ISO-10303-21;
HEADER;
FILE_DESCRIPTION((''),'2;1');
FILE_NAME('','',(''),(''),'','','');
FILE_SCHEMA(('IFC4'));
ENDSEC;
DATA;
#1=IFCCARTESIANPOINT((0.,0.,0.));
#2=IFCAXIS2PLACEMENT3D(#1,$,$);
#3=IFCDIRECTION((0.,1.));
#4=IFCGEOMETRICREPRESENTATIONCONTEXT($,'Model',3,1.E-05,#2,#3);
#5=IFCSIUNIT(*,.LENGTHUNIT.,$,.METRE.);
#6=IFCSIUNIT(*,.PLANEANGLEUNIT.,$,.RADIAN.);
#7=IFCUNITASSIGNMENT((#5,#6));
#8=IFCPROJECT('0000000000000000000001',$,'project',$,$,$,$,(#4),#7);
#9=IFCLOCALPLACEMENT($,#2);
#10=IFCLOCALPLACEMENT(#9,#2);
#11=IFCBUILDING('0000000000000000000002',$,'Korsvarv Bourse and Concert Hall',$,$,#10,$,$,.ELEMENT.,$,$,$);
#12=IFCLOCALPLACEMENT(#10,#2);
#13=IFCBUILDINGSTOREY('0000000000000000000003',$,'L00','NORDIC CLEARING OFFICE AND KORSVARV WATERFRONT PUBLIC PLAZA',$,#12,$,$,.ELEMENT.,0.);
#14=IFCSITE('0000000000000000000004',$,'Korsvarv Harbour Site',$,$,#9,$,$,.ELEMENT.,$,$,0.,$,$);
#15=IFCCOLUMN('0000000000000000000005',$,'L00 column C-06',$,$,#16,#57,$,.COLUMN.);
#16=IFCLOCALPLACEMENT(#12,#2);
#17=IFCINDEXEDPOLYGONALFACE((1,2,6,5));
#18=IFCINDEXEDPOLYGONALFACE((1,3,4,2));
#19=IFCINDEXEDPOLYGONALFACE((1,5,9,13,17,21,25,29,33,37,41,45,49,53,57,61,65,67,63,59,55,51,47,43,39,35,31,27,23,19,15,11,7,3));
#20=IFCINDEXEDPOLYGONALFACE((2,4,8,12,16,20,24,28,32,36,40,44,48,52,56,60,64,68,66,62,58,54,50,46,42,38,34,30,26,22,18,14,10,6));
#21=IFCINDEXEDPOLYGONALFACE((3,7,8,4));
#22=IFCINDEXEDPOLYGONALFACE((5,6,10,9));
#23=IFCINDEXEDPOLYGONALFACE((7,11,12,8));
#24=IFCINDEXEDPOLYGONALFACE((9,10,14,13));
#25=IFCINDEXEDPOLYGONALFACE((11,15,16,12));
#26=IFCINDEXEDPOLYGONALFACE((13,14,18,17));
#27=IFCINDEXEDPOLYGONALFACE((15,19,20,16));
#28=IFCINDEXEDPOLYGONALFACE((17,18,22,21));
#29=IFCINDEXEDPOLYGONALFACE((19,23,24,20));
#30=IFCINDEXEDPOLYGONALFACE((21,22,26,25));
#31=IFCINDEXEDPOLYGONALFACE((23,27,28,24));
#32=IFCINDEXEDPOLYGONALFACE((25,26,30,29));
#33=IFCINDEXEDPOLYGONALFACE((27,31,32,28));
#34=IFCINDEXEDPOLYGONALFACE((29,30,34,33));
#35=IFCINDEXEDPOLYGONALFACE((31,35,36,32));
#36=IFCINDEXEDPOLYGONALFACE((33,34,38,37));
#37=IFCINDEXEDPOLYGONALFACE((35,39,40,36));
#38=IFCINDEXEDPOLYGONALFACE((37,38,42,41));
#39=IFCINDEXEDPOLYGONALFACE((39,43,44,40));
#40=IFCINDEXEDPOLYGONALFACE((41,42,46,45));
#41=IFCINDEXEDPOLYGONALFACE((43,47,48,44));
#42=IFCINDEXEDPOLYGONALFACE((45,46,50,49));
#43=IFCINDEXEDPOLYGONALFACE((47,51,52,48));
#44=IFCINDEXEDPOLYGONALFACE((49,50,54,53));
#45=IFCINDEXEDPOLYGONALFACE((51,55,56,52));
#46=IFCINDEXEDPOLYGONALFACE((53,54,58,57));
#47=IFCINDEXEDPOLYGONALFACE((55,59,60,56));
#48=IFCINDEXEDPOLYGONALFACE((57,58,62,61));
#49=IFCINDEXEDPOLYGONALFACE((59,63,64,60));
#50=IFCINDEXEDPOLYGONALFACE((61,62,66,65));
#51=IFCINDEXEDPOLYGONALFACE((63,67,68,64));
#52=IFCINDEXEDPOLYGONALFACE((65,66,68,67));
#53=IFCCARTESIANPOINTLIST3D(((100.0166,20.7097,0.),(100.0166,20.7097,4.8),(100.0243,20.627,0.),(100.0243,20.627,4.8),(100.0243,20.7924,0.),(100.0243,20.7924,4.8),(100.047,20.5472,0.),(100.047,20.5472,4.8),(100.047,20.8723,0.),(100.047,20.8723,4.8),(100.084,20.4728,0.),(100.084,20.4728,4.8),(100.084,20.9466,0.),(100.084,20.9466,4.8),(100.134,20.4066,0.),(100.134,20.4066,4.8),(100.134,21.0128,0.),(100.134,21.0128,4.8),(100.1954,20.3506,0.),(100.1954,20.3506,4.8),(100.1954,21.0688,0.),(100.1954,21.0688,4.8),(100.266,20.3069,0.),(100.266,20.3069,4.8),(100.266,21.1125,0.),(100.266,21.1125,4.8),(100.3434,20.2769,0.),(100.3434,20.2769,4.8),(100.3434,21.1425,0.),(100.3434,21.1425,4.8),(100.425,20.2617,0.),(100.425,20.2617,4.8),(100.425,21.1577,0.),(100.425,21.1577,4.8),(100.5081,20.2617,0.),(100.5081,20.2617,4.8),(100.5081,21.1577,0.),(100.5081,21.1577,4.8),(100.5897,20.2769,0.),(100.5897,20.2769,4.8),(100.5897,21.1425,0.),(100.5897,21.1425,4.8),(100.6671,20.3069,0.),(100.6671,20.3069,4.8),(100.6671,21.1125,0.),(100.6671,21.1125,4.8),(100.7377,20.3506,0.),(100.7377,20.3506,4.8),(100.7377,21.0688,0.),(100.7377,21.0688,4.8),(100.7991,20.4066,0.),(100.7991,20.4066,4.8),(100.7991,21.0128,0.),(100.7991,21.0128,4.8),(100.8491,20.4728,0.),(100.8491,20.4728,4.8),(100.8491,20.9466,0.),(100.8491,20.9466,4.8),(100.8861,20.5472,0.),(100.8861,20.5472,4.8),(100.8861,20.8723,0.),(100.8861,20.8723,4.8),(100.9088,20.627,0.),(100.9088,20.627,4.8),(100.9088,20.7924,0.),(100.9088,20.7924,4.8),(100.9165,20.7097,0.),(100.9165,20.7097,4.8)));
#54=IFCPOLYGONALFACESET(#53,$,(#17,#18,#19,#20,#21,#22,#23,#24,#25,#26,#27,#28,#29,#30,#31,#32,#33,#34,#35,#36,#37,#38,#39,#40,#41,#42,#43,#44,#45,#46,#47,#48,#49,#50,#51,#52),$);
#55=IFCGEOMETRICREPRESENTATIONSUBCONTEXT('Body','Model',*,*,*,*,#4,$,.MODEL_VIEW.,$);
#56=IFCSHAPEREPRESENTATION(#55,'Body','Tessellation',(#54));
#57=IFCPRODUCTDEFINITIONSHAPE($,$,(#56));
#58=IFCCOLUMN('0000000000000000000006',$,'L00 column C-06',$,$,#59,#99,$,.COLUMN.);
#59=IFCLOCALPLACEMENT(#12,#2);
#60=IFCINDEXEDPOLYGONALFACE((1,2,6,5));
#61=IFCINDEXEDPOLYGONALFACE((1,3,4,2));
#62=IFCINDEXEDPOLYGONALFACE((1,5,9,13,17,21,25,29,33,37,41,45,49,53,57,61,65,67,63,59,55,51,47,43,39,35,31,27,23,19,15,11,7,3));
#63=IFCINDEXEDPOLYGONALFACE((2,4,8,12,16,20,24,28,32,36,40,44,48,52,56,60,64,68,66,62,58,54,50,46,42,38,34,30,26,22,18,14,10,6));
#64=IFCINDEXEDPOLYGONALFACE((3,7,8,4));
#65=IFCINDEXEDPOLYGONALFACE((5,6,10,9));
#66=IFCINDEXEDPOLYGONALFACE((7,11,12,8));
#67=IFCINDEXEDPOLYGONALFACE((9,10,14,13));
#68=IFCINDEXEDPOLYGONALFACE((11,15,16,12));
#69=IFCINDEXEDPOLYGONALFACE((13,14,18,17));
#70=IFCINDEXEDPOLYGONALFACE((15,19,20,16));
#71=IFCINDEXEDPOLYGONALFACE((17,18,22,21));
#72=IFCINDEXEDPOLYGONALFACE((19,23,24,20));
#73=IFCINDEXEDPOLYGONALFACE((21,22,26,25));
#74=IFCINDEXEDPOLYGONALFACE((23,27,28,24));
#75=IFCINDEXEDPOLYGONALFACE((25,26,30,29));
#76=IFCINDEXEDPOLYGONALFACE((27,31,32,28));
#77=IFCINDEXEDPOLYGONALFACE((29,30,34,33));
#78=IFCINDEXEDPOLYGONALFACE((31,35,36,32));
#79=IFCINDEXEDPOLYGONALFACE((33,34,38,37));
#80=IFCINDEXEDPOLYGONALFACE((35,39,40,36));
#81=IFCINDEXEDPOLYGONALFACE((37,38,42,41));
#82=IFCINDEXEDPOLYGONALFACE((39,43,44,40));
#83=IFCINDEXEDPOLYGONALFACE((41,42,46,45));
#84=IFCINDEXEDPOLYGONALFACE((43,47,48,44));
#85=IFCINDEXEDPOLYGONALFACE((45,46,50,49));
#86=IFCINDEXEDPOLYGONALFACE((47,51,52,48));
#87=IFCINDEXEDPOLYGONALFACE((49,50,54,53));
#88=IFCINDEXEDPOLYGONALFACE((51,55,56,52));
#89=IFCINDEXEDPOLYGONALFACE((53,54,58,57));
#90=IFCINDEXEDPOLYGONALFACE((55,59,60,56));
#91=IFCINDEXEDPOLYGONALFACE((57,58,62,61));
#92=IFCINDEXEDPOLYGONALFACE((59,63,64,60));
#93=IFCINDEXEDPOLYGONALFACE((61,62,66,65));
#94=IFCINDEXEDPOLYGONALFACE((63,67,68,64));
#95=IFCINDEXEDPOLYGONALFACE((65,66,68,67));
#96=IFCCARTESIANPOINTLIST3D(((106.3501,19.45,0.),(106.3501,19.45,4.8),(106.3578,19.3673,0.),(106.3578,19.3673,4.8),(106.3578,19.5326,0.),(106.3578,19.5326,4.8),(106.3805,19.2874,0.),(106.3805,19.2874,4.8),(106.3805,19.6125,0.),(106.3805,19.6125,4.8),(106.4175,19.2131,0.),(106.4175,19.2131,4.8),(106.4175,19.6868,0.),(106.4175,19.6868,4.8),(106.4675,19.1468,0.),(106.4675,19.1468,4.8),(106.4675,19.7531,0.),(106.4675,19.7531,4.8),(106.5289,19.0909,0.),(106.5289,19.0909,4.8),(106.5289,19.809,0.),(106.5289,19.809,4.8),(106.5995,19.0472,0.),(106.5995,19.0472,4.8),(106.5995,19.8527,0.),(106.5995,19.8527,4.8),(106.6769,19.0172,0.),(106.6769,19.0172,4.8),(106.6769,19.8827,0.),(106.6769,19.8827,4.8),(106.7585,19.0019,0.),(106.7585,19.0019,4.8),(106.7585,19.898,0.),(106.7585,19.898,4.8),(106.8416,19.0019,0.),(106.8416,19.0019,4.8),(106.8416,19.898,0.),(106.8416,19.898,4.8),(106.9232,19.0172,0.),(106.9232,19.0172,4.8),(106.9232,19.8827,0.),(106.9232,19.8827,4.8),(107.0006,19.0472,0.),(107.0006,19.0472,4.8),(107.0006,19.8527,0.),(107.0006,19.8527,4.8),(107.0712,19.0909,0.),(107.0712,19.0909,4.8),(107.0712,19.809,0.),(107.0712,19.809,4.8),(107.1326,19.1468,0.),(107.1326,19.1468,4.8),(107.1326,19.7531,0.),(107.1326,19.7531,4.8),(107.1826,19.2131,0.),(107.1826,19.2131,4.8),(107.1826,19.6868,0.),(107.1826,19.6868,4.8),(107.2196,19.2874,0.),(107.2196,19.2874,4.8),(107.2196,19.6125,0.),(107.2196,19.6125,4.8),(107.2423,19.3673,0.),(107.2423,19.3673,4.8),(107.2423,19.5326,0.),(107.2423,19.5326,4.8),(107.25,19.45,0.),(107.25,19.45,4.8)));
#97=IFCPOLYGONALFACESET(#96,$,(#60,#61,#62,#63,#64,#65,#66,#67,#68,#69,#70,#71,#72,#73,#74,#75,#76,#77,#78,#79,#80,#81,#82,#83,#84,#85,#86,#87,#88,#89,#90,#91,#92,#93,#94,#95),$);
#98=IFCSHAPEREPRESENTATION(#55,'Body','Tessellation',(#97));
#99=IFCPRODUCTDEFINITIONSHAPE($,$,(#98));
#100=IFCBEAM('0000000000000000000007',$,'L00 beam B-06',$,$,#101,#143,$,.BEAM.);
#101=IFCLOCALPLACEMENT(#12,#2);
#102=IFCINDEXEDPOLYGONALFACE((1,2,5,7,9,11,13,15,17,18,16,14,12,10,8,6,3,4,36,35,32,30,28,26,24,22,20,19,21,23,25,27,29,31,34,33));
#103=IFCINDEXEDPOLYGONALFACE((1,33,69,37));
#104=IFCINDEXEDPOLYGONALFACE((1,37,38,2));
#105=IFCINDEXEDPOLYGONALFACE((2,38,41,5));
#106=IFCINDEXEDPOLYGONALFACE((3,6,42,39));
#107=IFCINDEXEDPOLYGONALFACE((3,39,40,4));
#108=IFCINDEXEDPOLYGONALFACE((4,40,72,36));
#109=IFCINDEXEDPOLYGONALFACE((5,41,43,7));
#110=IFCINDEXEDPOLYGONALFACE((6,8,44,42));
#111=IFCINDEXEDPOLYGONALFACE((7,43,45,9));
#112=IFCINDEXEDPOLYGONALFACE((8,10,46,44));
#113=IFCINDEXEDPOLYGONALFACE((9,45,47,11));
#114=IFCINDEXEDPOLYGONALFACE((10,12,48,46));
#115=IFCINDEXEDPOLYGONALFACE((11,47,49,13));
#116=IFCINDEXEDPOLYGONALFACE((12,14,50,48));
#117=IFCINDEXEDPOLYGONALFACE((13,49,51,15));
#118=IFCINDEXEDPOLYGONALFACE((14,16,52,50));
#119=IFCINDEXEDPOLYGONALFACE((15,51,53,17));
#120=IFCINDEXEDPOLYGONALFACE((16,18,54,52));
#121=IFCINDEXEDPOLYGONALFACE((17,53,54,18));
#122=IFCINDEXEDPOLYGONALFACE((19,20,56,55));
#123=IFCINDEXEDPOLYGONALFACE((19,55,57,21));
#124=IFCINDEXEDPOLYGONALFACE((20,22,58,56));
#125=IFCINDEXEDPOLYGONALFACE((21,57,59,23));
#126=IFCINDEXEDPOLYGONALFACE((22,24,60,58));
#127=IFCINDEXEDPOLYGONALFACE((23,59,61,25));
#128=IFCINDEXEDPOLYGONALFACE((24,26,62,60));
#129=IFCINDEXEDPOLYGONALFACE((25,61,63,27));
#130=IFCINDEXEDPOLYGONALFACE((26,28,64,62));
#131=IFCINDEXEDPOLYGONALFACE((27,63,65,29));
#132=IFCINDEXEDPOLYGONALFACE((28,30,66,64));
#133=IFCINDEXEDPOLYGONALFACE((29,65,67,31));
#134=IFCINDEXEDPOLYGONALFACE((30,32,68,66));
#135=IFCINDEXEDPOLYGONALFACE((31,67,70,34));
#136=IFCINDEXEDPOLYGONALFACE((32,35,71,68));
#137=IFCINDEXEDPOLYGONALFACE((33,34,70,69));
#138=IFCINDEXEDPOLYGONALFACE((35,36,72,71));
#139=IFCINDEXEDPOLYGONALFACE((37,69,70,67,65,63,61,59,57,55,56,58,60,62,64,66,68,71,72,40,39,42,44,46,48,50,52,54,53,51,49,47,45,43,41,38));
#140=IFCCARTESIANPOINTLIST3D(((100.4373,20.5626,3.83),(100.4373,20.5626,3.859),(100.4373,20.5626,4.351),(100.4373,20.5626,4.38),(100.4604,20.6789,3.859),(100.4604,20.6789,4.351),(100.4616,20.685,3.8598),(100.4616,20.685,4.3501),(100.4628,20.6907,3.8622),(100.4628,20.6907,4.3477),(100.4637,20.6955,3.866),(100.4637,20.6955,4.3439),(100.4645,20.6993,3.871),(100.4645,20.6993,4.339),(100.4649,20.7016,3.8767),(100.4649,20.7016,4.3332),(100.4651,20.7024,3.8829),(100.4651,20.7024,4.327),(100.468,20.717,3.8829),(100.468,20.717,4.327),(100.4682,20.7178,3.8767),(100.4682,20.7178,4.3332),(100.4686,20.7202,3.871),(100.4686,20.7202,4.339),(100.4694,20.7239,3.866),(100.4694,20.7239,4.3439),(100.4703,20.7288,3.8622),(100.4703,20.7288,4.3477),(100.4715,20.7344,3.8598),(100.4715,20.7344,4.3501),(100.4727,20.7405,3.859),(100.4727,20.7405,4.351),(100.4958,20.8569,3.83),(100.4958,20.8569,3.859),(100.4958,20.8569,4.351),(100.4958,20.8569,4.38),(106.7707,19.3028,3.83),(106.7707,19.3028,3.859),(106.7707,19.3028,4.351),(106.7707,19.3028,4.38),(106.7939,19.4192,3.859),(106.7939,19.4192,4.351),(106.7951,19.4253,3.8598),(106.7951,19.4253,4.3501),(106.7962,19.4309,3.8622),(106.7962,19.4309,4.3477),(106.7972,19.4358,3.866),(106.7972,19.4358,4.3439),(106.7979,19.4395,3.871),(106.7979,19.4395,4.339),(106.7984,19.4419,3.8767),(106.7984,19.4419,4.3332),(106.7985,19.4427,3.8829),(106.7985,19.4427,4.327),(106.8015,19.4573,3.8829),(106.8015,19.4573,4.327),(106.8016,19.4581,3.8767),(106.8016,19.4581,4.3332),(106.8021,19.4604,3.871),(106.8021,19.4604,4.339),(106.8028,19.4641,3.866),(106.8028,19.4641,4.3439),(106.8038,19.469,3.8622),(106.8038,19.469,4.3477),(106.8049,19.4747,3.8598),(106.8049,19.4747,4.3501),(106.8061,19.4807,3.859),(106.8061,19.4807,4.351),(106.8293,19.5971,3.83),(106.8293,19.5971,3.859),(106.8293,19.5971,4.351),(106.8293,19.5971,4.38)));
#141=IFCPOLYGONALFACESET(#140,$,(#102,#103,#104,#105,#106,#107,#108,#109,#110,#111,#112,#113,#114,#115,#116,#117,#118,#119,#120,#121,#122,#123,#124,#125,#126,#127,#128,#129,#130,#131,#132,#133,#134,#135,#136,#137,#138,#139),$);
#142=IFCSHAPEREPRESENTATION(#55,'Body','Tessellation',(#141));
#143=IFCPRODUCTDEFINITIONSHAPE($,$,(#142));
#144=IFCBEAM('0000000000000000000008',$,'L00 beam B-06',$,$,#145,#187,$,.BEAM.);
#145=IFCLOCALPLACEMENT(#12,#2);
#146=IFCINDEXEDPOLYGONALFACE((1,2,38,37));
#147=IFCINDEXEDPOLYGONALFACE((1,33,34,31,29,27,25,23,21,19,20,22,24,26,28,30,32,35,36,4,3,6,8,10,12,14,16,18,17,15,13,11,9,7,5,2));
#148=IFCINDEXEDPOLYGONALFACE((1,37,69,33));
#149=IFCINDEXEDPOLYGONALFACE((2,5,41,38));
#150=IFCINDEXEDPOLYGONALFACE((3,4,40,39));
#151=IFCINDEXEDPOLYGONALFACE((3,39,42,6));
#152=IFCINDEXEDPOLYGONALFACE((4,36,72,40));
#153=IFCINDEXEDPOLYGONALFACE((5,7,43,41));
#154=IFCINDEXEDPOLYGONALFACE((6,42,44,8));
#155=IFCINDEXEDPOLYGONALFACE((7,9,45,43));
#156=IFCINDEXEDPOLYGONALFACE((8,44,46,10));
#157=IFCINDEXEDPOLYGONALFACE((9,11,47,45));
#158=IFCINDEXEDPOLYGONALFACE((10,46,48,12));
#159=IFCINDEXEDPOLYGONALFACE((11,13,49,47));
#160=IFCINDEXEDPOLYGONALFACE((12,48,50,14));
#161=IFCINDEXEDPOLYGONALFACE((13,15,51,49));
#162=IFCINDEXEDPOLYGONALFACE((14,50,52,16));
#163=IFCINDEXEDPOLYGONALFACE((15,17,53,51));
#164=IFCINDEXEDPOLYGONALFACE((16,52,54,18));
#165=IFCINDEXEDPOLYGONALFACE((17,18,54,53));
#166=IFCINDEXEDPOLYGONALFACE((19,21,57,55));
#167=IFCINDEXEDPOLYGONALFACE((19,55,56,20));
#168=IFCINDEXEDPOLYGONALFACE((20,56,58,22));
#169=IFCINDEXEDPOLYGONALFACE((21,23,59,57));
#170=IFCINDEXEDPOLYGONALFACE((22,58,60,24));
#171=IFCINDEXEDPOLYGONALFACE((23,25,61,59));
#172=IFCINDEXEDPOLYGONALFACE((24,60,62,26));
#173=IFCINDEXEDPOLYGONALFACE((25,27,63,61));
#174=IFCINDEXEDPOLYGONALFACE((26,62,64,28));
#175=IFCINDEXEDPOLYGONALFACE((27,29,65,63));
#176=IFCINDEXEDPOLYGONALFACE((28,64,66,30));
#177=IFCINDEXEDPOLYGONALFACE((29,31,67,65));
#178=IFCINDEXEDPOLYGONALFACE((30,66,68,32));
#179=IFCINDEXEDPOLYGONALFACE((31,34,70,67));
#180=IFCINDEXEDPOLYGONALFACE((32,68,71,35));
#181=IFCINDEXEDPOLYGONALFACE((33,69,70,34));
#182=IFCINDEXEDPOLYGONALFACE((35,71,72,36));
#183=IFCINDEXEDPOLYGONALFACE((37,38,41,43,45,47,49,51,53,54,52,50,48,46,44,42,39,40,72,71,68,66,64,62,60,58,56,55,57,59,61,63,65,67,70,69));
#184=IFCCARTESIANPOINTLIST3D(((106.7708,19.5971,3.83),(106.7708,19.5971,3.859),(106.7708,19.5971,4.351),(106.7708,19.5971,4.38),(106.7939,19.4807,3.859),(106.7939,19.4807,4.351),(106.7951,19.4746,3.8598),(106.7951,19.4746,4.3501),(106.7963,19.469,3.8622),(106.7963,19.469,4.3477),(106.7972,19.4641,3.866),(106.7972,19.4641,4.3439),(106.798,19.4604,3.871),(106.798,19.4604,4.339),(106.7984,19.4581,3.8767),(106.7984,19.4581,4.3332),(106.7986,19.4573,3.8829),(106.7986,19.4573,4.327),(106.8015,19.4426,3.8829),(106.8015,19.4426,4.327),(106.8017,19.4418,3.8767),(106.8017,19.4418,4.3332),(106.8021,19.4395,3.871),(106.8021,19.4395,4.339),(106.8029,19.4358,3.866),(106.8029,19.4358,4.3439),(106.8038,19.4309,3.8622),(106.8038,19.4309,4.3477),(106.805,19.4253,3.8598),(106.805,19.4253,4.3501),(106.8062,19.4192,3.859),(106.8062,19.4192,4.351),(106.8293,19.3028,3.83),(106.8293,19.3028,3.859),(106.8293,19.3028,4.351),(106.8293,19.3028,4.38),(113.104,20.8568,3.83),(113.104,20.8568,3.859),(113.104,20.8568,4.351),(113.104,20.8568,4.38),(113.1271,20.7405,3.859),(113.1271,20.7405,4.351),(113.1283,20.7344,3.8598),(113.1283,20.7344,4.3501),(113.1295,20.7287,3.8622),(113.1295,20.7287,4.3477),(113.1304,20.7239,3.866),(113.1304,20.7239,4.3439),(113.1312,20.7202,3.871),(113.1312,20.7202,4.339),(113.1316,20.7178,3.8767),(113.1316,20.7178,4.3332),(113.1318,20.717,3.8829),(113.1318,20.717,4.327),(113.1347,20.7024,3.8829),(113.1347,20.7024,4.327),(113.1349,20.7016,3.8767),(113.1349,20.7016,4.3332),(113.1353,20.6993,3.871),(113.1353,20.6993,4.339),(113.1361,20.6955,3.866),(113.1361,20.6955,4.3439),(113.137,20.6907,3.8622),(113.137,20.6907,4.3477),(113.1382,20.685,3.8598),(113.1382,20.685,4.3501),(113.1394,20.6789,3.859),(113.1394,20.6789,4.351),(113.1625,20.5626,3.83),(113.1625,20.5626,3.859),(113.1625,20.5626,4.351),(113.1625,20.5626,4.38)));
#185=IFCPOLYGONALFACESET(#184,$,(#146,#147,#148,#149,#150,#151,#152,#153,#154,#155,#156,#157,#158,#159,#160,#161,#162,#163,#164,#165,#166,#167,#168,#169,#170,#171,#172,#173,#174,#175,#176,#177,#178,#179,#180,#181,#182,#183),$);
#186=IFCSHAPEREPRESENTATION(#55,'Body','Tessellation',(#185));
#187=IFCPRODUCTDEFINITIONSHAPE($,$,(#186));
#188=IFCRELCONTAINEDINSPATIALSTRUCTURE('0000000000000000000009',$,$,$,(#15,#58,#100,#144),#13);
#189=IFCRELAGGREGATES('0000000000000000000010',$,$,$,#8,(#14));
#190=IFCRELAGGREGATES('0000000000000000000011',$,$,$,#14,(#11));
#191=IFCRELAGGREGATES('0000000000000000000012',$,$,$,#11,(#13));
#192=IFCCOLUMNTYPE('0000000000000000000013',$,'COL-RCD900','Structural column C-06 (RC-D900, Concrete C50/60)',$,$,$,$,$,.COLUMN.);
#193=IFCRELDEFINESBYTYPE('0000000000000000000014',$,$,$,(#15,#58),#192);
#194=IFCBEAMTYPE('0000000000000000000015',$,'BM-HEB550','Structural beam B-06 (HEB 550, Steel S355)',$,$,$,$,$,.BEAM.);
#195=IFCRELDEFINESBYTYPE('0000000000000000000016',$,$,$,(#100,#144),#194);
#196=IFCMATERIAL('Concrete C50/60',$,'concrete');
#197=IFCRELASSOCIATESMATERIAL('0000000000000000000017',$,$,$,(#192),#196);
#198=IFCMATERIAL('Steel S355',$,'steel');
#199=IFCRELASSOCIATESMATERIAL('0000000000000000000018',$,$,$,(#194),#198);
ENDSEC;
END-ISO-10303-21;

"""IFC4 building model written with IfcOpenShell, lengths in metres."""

from ifc_helpers import new_model, si_unit, direction, frame, origin, origin_2d, place, context, subcontext, project, spatial, circle, i_section, extrude, source, transform, mapped, material, material_profile, profile_set, type_object, element, save


model = new_model("IFC4")

# Units and contexts
model_context = context("Model", 3, precision=1e-05, world=origin(), true_north=direction((0.0, 1.0)))
body_context = subcontext(model_context, "Body", "Model", "MODEL_VIEW")
ifc_project = project(units=[si_unit("LENGTHUNIT", "METRE"), si_unit("PLANEANGLEUNIT", "RADIAN")], contexts=[model_context])

# Site, building, storey
site_placement = place(None, origin())
site = spatial("IfcSite", under=ifc_project, at=site_placement, Name="Korsvarv Harbour Site", CompositionType="ELEMENT", RefElevation=0.0)
building_placement = place(site_placement, origin())
building = spatial("IfcBuilding", under=site, at=building_placement, Name="Korsvarv Bourse and Concert Hall", CompositionType="ELEMENT")
storey_placement = place(building_placement, origin())
storey = spatial("IfcBuildingStorey", under=building, at=storey_placement, Name="L00", Description="NORDIC CLEARING OFFICE AND KORSVARV WATERFRONT PUBLIC PLAZA", CompositionType="ELEMENT", Elevation=0.0)

# Columns
ifc_material_1 = material(Name="Concrete C50/60", Category="concrete")
ifc_material_profile_1 = material_profile(ifc_material_1, circle(Radius=0.45, at=origin_2d()), Name="RC-D900")
ifc_profile_set_1 = profile_set([ifc_material_profile_1], Name="Concrete C50/60")
column_type = type_object("IfcColumnType", Name="COL-RCD900", Description="Structural column C-06 (RC-D900, Concrete C50/60)", PredefinedType="COLUMN", material=ifc_profile_set_1)
shared_shape_1 = source(origin(), body_context, "Body", "SweptSolid", [
    extrude(circle(Radius=0.45, at=origin_2d()), origin(), (0.0, 0.0, 1.0), 4.8),
])
for number, where, z_axis, x_axis, name in (
    (1, (100.4666, 20.7097, 0.0), (0.0, 0.0, 1.0), (1.0, 0.0, 0.0), "L00 column C-06"),
    (2, (106.8, 19.45, 0.0), (0.0, 0.0, 1.0), (1.0, 0.0, 0.0), "L00 column C-06"),
):
    element("IfcColumn", number, at=place(storey_placement, frame(where, z_axis=z_axis, x_axis=x_axis)), inside=storey, type_object=column_type, Name=name, PredefinedType="COLUMN", context=body_context, shape_type="MappedRepresentation", body=[
        mapped(shared_shape_1, transform((0.0, 0.0, 0.0), scale=1.0)),
    ])

# Beams
ifc_material_2 = material(Name="Steel S355", Category="steel")
ifc_material_profile_2 = material_profile(ifc_material_2, i_section(OverallWidth=0.3, OverallDepth=0.55, WebThickness=0.0149, FlangeThickness=0.0291, FilletRadius=0.0239, at=origin_2d()), Name="HEB 550")
ifc_profile_set_2 = profile_set([ifc_material_profile_2], Name="Steel S355")
beam_type = type_object("IfcBeamType", Name="BM-HEB550", Description="Structural beam B-06 (HEB 550, Steel S355)", PredefinedType="BEAM", material=ifc_profile_set_2)
shared_shape_2 = source(origin(), body_context, "Body", "SweptSolid", [
    extrude(i_section(OverallWidth=0.3, OverallDepth=0.55, WebThickness=0.0149, FlangeThickness=0.0291, FilletRadius=0.0239, at=origin_2d()), origin(), (0.0, 0.0, 1.0), 6.4575),
])
beam_1_placement = place(storey_placement, frame((100.4666, 20.7097, 4.105), z_axis=(0.980787, -0.195084, 0.0), x_axis=(0.195084, 0.980787, 0.0)))
element("IfcBeam", 3, at=beam_1_placement, inside=storey, type_object=beam_type, Name="L00 beam B-06", PredefinedType="BEAM", context=body_context, shape_type="MappedRepresentation", body=[
    mapped(shared_shape_2, transform((0.0, 0.0, 0.0), scale=1.0)),
])
shared_shape_3 = source(origin(), body_context, "Body", "SweptSolid", [
    extrude(i_section(OverallWidth=0.3, OverallDepth=0.55, WebThickness=0.0149, FlangeThickness=0.0291, FilletRadius=0.0239, at=origin_2d()), origin(), (0.0, 0.0, 1.0), 6.4573),
])
beam_2_placement = place(storey_placement, frame((106.8, 19.45, 4.105), z_axis=(0.980785, 0.195091, 0.0), x_axis=(-0.195091, 0.980785, 0.0)))
element("IfcBeam", 4, at=beam_2_placement, inside=storey, type_object=beam_type, Name="L00 beam B-06", PredefinedType="BEAM", context=body_context, shape_type="MappedRepresentation", body=[
    mapped(shared_shape_3, transform((0.0, 0.0, 0.0), scale=1.0)),
])

save(model, "model.ifc")
